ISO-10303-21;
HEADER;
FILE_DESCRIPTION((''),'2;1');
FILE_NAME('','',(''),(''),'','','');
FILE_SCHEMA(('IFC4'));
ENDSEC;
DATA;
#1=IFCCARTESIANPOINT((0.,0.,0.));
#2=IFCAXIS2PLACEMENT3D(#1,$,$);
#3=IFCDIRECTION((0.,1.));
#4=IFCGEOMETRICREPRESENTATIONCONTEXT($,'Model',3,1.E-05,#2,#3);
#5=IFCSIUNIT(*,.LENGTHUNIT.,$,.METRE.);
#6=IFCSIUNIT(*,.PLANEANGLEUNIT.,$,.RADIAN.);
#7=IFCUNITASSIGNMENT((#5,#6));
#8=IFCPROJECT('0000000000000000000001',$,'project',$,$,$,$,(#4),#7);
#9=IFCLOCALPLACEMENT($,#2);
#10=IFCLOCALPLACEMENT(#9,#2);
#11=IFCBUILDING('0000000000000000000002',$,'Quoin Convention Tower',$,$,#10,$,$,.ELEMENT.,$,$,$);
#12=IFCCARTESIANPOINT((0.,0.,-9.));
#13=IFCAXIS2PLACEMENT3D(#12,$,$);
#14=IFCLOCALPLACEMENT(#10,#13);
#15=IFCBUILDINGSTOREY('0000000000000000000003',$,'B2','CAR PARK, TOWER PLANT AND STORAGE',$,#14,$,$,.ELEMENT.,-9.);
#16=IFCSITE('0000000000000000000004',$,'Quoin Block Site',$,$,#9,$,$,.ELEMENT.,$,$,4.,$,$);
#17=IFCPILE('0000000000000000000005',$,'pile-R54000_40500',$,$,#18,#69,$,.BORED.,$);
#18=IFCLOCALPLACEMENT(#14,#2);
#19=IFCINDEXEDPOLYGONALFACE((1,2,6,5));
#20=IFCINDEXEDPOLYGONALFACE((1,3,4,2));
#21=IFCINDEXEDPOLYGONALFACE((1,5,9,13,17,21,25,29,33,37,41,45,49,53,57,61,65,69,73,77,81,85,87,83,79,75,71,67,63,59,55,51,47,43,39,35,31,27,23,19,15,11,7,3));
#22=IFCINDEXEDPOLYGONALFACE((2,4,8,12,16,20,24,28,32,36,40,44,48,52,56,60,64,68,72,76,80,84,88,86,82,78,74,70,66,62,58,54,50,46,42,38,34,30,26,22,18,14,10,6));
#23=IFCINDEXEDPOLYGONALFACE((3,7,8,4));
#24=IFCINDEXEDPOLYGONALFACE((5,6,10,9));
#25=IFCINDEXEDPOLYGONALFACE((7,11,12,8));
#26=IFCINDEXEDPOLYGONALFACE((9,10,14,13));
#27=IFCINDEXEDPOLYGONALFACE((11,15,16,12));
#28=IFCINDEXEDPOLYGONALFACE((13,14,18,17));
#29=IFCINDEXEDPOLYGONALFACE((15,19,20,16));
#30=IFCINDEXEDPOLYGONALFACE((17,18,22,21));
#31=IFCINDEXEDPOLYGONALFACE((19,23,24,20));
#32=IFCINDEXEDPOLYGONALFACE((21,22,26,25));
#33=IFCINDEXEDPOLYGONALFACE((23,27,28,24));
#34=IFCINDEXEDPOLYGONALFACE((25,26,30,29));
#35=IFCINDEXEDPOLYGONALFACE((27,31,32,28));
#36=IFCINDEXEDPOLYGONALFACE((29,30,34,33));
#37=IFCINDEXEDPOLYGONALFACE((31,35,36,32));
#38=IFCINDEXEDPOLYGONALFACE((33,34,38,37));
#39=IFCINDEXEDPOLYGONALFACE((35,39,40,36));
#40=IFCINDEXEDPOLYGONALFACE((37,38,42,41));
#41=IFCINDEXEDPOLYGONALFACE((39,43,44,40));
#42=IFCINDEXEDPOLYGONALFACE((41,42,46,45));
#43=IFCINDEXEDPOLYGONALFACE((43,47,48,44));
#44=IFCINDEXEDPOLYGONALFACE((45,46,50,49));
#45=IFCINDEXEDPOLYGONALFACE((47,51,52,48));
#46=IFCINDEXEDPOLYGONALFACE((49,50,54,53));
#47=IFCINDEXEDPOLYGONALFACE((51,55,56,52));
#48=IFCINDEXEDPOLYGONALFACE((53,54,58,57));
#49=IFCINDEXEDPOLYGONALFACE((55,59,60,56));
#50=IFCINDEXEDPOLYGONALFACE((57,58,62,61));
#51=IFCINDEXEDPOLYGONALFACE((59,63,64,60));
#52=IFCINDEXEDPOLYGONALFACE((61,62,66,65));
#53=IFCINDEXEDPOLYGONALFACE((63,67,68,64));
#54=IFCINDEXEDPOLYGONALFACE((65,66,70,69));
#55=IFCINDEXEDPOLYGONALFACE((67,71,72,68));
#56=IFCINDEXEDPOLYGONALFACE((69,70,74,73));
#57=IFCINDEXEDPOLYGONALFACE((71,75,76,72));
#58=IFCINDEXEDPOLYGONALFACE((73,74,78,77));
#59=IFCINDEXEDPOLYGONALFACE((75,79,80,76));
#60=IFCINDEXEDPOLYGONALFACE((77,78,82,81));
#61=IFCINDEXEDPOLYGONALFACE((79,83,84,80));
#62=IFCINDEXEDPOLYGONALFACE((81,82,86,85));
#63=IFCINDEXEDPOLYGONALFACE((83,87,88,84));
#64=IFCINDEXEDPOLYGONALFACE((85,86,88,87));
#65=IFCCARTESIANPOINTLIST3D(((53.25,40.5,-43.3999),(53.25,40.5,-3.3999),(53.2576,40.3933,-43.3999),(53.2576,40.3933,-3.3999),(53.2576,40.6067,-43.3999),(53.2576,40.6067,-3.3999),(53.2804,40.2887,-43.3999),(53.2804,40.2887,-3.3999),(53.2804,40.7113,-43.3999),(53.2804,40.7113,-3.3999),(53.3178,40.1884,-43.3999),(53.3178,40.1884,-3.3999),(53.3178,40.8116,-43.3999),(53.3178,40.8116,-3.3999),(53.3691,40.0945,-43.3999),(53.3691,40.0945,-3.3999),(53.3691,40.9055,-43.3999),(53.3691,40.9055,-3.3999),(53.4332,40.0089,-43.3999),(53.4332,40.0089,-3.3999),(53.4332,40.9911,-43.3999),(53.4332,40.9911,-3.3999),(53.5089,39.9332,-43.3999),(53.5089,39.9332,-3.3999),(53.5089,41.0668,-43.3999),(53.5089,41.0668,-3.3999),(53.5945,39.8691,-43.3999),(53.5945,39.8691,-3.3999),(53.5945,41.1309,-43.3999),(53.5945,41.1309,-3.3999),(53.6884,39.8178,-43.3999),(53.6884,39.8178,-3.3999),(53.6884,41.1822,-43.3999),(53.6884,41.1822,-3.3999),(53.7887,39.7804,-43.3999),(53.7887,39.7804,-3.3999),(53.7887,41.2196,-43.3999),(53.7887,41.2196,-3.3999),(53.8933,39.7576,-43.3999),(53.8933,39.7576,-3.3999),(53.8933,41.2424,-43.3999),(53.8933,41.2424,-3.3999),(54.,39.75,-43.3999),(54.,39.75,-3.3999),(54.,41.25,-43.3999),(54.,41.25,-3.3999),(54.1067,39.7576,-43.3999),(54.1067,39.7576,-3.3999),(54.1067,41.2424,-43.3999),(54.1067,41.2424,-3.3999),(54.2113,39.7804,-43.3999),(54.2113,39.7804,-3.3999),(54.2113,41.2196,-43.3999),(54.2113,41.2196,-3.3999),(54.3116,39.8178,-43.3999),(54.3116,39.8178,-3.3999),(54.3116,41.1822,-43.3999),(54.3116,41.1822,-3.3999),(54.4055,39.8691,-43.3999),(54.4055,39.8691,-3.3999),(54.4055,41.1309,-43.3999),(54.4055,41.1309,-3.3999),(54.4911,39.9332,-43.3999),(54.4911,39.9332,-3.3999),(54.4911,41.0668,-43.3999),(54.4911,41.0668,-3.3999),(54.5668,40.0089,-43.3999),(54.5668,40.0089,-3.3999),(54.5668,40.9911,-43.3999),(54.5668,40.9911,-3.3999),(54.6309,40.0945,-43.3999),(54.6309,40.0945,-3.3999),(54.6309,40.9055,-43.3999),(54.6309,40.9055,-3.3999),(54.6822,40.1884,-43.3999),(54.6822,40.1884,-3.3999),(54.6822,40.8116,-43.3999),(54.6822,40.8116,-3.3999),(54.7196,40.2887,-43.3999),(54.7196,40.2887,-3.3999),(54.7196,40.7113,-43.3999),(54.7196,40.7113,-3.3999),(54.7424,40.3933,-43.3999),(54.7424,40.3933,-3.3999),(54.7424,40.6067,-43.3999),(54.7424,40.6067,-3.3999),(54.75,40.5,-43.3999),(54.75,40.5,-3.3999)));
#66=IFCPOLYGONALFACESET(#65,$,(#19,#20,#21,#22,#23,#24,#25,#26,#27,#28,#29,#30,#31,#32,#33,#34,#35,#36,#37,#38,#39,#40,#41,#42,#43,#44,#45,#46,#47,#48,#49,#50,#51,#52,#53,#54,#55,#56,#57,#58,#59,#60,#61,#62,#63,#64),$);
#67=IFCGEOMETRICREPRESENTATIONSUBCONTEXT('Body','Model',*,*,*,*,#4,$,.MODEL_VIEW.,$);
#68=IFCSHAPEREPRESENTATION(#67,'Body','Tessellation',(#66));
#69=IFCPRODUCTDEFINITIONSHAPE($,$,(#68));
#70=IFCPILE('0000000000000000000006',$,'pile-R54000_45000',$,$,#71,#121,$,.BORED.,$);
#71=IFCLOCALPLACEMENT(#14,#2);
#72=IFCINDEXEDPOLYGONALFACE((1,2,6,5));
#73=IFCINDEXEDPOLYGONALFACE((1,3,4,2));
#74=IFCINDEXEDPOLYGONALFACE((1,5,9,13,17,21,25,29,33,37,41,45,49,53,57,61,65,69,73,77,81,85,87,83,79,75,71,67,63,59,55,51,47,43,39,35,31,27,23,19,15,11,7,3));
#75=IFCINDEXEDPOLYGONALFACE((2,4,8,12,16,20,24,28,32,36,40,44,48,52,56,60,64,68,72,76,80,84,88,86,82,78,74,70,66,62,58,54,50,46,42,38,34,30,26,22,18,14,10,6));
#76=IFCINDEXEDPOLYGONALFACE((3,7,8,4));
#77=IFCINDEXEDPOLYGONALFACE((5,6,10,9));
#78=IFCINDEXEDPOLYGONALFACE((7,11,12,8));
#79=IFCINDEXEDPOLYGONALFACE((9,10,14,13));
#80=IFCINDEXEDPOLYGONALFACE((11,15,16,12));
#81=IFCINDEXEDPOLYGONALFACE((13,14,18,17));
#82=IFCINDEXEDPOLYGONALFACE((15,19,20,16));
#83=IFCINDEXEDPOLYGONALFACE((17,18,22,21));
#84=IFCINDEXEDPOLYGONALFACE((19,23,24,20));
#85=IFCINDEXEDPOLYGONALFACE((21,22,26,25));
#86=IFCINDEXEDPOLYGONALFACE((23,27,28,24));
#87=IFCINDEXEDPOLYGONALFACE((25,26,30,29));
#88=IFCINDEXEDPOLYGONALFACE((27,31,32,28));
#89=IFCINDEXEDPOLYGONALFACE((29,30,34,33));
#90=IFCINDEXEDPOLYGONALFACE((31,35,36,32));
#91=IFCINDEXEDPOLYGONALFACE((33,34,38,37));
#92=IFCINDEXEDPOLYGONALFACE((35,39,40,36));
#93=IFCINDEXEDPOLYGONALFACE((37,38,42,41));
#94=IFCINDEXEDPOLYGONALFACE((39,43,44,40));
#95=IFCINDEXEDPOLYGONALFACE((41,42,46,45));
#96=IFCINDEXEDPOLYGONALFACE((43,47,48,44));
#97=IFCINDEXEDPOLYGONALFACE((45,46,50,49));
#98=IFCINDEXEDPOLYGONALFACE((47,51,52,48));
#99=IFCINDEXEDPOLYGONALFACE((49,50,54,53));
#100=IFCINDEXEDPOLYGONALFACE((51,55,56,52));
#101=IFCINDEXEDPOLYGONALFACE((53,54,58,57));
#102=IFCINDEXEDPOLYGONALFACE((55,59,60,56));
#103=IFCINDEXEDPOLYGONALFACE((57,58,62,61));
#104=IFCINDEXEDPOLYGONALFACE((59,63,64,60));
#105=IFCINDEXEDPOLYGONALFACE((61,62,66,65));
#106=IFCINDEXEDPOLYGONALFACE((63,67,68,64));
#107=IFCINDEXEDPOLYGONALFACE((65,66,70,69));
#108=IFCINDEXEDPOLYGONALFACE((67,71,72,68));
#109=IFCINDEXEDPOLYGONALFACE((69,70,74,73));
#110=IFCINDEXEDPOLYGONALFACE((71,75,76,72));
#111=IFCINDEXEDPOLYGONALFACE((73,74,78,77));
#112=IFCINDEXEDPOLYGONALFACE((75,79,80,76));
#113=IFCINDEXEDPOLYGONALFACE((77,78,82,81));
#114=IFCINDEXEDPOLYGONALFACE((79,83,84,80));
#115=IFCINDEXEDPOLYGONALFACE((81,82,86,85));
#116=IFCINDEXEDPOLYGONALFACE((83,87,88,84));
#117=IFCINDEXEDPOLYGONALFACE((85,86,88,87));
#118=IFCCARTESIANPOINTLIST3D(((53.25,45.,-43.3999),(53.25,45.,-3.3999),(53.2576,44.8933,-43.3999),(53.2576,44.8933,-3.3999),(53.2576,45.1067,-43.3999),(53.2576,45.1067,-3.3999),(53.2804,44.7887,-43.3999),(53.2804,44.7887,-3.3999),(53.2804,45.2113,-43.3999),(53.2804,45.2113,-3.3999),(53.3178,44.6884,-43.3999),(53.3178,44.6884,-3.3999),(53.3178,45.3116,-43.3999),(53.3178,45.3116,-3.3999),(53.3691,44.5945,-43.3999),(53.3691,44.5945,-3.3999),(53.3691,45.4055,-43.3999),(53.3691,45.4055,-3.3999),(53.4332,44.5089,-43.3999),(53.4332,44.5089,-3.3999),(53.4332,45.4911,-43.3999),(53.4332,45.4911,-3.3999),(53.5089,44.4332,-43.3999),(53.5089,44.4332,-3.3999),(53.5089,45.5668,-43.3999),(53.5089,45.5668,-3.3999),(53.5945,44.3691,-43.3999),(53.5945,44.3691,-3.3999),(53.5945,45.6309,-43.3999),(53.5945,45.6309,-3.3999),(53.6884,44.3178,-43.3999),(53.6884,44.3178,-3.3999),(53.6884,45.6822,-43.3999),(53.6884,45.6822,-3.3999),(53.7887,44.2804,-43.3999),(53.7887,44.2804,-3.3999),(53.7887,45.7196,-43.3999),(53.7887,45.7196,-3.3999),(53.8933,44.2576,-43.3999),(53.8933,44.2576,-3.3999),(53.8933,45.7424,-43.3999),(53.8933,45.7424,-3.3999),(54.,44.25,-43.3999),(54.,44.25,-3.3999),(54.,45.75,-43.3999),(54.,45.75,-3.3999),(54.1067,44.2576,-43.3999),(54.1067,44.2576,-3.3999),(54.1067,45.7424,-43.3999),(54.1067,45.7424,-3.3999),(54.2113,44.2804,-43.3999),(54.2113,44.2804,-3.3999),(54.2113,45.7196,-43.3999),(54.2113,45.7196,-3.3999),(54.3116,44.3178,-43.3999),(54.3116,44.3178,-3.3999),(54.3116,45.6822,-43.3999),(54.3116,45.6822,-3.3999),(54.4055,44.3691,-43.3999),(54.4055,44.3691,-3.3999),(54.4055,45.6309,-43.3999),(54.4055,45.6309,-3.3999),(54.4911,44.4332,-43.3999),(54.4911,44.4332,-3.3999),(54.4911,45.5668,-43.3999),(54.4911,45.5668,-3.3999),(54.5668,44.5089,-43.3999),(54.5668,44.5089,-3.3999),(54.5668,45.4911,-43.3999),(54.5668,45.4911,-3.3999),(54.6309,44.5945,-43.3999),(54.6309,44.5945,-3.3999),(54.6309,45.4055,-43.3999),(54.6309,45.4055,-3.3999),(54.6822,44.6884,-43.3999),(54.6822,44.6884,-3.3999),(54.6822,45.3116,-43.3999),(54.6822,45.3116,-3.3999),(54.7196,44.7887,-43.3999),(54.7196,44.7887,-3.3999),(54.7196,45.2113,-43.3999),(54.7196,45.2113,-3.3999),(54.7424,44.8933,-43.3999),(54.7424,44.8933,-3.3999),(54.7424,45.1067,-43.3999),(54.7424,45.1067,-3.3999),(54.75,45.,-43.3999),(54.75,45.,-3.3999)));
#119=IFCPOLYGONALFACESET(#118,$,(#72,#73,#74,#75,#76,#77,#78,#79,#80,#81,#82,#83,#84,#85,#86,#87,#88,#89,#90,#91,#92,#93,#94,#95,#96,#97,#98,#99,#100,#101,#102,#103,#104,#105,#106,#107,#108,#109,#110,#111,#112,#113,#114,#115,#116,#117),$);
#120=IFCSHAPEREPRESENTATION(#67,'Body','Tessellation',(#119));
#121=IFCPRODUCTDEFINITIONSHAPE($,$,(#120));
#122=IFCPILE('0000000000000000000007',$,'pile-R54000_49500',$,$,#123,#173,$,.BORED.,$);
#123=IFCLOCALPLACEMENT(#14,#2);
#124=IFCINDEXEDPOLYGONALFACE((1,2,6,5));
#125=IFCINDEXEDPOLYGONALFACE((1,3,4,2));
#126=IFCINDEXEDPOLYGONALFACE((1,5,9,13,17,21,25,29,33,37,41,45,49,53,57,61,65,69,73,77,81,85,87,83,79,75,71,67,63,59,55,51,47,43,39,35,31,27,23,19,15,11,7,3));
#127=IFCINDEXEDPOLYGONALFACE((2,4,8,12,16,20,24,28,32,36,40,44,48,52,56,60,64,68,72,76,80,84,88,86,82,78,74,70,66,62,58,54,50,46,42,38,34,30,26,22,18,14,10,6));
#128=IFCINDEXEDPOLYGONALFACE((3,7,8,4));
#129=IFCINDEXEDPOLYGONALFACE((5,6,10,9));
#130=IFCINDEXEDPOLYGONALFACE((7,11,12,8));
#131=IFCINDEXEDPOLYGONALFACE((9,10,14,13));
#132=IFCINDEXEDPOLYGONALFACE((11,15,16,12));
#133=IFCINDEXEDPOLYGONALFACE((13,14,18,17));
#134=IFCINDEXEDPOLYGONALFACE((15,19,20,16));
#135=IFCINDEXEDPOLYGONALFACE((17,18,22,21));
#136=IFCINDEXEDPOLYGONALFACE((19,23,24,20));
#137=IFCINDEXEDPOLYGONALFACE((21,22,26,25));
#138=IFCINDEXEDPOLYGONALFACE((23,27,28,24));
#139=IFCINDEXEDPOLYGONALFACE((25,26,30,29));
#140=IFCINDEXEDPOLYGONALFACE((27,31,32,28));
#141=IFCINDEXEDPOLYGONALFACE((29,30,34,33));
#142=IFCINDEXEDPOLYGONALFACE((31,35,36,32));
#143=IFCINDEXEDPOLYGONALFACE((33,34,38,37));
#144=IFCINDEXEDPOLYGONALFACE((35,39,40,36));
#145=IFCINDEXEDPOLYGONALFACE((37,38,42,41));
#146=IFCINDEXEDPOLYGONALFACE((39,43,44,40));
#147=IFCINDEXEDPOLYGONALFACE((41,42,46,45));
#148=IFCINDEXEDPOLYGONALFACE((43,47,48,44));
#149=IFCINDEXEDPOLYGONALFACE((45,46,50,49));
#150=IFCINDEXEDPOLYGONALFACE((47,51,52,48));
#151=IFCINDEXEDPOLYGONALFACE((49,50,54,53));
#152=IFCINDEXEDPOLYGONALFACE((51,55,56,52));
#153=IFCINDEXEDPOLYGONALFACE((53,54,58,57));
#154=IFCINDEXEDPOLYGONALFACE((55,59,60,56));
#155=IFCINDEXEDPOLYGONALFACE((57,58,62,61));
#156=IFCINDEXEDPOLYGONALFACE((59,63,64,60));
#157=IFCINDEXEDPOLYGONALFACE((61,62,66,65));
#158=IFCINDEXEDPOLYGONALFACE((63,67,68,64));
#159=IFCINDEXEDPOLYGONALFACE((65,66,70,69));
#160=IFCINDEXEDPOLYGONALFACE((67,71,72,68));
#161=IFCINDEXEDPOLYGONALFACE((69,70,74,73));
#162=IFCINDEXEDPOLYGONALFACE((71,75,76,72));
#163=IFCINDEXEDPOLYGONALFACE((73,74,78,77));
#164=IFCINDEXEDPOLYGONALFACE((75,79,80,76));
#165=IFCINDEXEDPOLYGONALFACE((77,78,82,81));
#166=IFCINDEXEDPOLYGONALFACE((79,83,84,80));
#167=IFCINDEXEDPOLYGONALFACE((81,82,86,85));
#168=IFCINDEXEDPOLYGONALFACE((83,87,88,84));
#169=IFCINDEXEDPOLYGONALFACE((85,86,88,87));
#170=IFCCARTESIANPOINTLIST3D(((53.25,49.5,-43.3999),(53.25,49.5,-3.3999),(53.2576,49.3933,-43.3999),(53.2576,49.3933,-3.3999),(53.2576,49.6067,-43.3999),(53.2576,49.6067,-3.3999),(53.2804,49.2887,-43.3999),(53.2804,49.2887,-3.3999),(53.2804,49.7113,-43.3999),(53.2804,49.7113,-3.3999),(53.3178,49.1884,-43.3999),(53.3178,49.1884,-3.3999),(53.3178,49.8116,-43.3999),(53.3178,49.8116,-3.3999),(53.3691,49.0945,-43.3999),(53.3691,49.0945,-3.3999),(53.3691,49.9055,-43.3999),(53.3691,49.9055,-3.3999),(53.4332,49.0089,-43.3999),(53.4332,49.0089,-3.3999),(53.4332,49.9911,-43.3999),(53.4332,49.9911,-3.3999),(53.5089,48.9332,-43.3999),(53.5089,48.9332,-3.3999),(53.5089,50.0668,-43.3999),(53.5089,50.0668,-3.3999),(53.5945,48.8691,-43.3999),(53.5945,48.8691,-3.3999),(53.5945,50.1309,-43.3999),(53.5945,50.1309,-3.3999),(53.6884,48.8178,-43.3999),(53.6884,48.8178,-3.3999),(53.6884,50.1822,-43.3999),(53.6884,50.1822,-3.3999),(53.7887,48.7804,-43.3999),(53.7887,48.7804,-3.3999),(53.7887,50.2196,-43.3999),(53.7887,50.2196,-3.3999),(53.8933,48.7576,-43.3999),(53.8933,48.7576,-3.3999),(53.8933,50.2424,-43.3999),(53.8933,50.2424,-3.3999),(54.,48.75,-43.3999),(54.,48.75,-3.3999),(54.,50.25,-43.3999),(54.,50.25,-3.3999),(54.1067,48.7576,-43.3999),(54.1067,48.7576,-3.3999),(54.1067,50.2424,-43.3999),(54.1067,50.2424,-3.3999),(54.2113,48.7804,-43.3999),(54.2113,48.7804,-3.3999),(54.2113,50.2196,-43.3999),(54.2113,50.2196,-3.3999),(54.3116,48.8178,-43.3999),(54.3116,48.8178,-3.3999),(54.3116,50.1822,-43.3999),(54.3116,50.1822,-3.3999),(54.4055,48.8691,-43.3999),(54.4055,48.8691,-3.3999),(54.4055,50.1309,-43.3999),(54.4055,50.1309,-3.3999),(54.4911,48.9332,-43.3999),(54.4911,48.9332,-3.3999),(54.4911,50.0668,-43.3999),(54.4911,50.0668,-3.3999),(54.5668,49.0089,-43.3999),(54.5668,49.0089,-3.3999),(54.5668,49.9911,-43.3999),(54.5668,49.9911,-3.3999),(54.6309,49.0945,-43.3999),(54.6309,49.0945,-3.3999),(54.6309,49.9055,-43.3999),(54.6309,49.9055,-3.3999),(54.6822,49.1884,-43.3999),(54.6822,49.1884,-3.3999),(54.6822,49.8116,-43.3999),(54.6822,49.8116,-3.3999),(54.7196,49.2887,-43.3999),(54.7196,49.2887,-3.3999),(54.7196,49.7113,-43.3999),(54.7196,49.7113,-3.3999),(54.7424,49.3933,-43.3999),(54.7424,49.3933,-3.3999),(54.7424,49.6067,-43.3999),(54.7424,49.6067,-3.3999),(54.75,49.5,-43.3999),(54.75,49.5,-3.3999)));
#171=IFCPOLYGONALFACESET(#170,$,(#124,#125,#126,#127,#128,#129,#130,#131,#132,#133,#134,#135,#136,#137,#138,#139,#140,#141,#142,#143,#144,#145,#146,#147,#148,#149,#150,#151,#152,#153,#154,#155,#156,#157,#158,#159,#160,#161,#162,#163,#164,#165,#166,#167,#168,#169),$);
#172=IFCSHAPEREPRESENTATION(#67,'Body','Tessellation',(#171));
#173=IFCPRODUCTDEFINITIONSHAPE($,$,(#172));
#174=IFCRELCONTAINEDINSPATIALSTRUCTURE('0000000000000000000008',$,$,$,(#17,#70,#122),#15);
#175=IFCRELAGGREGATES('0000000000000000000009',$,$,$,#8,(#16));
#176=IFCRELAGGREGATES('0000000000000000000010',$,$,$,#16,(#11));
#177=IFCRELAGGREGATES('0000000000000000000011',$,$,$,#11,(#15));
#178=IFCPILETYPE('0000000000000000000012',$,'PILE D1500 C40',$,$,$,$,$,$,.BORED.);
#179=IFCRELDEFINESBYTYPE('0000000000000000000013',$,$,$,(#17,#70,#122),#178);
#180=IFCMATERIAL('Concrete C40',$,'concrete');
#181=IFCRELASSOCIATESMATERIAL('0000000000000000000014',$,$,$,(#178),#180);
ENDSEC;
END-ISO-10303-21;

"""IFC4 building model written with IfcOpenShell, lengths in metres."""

from ifc_helpers import new_model, si_unit, direction, frame, origin, origin_2d, place, context, subcontext, project, spatial, circle, extrude, material, material_profile, profile_set, type_object, element, save


model = new_model("IFC4")

# Units and contexts
model_context = context("Model", 3, precision=1e-05, world=origin(), true_north=direction((0.0, 1.0)))
body_context = subcontext(model_context, "Body", "Model", "MODEL_VIEW")
ifc_project = project(units=[si_unit("LENGTHUNIT", "METRE"), si_unit("PLANEANGLEUNIT", "RADIAN")], contexts=[model_context])

# Site, building, storey
site_placement = place(None, origin())
site = spatial("IfcSite", under=ifc_project, at=site_placement, Name="Quoin Block Site", CompositionType="ELEMENT", RefElevation=4.0)
building_placement = place(site_placement, origin())
building = spatial("IfcBuilding", under=site, at=building_placement, Name="Quoin Convention Tower", CompositionType="ELEMENT")
storey_placement = place(building_placement, frame((0.0, 0.0, -9.0)))
storey = spatial("IfcBuildingStorey", under=building, at=storey_placement, Name="B2", Description="CAR PARK, TOWER PLANT AND STORAGE", CompositionType="ELEMENT", Elevation=-9.0)

# Piles
ifc_material_1 = material(Name="Concrete C40", Category="concrete")
ifc_material_profile_1 = material_profile(ifc_material_1, circle(Radius=0.75, at=origin_2d()), Name="D1500")
ifc_profile_set_1 = profile_set([ifc_material_profile_1], Name="Concrete C40")
pile_type = type_object("IfcPileType", Name="PILE D1500 C40", PredefinedType="BORED", material=ifc_profile_set_1)
for number, where, z_axis, x_axis, name in (
    (1, (54.0, 40.5, -3.3999), (0.0, 0.0, -1.0), (1.0, 0.0, 0.0), "pile-R54000_40500"),
    (2, (54.0, 45.0, -3.3999), (0.0, 0.0, -1.0), (1.0, 0.0, 0.0), "pile-R54000_45000"),
    (3, (54.0, 49.5, -3.3999), (0.0, 0.0, -1.0), (1.0, 0.0, 0.0), "pile-R54000_49500"),
):
    element("IfcPile", number, at=place(storey_placement, frame(where, z_axis=z_axis, x_axis=x_axis)), inside=storey, type_object=pile_type, Name=name, PredefinedType="BORED", context=body_context, shape_type="SweptSolid", body=[
        extrude(circle(Radius=0.75, at=origin_2d()), origin(), (0.0, 0.0, 1.0), 40.0),
    ])

save(model, "model.ifc")
